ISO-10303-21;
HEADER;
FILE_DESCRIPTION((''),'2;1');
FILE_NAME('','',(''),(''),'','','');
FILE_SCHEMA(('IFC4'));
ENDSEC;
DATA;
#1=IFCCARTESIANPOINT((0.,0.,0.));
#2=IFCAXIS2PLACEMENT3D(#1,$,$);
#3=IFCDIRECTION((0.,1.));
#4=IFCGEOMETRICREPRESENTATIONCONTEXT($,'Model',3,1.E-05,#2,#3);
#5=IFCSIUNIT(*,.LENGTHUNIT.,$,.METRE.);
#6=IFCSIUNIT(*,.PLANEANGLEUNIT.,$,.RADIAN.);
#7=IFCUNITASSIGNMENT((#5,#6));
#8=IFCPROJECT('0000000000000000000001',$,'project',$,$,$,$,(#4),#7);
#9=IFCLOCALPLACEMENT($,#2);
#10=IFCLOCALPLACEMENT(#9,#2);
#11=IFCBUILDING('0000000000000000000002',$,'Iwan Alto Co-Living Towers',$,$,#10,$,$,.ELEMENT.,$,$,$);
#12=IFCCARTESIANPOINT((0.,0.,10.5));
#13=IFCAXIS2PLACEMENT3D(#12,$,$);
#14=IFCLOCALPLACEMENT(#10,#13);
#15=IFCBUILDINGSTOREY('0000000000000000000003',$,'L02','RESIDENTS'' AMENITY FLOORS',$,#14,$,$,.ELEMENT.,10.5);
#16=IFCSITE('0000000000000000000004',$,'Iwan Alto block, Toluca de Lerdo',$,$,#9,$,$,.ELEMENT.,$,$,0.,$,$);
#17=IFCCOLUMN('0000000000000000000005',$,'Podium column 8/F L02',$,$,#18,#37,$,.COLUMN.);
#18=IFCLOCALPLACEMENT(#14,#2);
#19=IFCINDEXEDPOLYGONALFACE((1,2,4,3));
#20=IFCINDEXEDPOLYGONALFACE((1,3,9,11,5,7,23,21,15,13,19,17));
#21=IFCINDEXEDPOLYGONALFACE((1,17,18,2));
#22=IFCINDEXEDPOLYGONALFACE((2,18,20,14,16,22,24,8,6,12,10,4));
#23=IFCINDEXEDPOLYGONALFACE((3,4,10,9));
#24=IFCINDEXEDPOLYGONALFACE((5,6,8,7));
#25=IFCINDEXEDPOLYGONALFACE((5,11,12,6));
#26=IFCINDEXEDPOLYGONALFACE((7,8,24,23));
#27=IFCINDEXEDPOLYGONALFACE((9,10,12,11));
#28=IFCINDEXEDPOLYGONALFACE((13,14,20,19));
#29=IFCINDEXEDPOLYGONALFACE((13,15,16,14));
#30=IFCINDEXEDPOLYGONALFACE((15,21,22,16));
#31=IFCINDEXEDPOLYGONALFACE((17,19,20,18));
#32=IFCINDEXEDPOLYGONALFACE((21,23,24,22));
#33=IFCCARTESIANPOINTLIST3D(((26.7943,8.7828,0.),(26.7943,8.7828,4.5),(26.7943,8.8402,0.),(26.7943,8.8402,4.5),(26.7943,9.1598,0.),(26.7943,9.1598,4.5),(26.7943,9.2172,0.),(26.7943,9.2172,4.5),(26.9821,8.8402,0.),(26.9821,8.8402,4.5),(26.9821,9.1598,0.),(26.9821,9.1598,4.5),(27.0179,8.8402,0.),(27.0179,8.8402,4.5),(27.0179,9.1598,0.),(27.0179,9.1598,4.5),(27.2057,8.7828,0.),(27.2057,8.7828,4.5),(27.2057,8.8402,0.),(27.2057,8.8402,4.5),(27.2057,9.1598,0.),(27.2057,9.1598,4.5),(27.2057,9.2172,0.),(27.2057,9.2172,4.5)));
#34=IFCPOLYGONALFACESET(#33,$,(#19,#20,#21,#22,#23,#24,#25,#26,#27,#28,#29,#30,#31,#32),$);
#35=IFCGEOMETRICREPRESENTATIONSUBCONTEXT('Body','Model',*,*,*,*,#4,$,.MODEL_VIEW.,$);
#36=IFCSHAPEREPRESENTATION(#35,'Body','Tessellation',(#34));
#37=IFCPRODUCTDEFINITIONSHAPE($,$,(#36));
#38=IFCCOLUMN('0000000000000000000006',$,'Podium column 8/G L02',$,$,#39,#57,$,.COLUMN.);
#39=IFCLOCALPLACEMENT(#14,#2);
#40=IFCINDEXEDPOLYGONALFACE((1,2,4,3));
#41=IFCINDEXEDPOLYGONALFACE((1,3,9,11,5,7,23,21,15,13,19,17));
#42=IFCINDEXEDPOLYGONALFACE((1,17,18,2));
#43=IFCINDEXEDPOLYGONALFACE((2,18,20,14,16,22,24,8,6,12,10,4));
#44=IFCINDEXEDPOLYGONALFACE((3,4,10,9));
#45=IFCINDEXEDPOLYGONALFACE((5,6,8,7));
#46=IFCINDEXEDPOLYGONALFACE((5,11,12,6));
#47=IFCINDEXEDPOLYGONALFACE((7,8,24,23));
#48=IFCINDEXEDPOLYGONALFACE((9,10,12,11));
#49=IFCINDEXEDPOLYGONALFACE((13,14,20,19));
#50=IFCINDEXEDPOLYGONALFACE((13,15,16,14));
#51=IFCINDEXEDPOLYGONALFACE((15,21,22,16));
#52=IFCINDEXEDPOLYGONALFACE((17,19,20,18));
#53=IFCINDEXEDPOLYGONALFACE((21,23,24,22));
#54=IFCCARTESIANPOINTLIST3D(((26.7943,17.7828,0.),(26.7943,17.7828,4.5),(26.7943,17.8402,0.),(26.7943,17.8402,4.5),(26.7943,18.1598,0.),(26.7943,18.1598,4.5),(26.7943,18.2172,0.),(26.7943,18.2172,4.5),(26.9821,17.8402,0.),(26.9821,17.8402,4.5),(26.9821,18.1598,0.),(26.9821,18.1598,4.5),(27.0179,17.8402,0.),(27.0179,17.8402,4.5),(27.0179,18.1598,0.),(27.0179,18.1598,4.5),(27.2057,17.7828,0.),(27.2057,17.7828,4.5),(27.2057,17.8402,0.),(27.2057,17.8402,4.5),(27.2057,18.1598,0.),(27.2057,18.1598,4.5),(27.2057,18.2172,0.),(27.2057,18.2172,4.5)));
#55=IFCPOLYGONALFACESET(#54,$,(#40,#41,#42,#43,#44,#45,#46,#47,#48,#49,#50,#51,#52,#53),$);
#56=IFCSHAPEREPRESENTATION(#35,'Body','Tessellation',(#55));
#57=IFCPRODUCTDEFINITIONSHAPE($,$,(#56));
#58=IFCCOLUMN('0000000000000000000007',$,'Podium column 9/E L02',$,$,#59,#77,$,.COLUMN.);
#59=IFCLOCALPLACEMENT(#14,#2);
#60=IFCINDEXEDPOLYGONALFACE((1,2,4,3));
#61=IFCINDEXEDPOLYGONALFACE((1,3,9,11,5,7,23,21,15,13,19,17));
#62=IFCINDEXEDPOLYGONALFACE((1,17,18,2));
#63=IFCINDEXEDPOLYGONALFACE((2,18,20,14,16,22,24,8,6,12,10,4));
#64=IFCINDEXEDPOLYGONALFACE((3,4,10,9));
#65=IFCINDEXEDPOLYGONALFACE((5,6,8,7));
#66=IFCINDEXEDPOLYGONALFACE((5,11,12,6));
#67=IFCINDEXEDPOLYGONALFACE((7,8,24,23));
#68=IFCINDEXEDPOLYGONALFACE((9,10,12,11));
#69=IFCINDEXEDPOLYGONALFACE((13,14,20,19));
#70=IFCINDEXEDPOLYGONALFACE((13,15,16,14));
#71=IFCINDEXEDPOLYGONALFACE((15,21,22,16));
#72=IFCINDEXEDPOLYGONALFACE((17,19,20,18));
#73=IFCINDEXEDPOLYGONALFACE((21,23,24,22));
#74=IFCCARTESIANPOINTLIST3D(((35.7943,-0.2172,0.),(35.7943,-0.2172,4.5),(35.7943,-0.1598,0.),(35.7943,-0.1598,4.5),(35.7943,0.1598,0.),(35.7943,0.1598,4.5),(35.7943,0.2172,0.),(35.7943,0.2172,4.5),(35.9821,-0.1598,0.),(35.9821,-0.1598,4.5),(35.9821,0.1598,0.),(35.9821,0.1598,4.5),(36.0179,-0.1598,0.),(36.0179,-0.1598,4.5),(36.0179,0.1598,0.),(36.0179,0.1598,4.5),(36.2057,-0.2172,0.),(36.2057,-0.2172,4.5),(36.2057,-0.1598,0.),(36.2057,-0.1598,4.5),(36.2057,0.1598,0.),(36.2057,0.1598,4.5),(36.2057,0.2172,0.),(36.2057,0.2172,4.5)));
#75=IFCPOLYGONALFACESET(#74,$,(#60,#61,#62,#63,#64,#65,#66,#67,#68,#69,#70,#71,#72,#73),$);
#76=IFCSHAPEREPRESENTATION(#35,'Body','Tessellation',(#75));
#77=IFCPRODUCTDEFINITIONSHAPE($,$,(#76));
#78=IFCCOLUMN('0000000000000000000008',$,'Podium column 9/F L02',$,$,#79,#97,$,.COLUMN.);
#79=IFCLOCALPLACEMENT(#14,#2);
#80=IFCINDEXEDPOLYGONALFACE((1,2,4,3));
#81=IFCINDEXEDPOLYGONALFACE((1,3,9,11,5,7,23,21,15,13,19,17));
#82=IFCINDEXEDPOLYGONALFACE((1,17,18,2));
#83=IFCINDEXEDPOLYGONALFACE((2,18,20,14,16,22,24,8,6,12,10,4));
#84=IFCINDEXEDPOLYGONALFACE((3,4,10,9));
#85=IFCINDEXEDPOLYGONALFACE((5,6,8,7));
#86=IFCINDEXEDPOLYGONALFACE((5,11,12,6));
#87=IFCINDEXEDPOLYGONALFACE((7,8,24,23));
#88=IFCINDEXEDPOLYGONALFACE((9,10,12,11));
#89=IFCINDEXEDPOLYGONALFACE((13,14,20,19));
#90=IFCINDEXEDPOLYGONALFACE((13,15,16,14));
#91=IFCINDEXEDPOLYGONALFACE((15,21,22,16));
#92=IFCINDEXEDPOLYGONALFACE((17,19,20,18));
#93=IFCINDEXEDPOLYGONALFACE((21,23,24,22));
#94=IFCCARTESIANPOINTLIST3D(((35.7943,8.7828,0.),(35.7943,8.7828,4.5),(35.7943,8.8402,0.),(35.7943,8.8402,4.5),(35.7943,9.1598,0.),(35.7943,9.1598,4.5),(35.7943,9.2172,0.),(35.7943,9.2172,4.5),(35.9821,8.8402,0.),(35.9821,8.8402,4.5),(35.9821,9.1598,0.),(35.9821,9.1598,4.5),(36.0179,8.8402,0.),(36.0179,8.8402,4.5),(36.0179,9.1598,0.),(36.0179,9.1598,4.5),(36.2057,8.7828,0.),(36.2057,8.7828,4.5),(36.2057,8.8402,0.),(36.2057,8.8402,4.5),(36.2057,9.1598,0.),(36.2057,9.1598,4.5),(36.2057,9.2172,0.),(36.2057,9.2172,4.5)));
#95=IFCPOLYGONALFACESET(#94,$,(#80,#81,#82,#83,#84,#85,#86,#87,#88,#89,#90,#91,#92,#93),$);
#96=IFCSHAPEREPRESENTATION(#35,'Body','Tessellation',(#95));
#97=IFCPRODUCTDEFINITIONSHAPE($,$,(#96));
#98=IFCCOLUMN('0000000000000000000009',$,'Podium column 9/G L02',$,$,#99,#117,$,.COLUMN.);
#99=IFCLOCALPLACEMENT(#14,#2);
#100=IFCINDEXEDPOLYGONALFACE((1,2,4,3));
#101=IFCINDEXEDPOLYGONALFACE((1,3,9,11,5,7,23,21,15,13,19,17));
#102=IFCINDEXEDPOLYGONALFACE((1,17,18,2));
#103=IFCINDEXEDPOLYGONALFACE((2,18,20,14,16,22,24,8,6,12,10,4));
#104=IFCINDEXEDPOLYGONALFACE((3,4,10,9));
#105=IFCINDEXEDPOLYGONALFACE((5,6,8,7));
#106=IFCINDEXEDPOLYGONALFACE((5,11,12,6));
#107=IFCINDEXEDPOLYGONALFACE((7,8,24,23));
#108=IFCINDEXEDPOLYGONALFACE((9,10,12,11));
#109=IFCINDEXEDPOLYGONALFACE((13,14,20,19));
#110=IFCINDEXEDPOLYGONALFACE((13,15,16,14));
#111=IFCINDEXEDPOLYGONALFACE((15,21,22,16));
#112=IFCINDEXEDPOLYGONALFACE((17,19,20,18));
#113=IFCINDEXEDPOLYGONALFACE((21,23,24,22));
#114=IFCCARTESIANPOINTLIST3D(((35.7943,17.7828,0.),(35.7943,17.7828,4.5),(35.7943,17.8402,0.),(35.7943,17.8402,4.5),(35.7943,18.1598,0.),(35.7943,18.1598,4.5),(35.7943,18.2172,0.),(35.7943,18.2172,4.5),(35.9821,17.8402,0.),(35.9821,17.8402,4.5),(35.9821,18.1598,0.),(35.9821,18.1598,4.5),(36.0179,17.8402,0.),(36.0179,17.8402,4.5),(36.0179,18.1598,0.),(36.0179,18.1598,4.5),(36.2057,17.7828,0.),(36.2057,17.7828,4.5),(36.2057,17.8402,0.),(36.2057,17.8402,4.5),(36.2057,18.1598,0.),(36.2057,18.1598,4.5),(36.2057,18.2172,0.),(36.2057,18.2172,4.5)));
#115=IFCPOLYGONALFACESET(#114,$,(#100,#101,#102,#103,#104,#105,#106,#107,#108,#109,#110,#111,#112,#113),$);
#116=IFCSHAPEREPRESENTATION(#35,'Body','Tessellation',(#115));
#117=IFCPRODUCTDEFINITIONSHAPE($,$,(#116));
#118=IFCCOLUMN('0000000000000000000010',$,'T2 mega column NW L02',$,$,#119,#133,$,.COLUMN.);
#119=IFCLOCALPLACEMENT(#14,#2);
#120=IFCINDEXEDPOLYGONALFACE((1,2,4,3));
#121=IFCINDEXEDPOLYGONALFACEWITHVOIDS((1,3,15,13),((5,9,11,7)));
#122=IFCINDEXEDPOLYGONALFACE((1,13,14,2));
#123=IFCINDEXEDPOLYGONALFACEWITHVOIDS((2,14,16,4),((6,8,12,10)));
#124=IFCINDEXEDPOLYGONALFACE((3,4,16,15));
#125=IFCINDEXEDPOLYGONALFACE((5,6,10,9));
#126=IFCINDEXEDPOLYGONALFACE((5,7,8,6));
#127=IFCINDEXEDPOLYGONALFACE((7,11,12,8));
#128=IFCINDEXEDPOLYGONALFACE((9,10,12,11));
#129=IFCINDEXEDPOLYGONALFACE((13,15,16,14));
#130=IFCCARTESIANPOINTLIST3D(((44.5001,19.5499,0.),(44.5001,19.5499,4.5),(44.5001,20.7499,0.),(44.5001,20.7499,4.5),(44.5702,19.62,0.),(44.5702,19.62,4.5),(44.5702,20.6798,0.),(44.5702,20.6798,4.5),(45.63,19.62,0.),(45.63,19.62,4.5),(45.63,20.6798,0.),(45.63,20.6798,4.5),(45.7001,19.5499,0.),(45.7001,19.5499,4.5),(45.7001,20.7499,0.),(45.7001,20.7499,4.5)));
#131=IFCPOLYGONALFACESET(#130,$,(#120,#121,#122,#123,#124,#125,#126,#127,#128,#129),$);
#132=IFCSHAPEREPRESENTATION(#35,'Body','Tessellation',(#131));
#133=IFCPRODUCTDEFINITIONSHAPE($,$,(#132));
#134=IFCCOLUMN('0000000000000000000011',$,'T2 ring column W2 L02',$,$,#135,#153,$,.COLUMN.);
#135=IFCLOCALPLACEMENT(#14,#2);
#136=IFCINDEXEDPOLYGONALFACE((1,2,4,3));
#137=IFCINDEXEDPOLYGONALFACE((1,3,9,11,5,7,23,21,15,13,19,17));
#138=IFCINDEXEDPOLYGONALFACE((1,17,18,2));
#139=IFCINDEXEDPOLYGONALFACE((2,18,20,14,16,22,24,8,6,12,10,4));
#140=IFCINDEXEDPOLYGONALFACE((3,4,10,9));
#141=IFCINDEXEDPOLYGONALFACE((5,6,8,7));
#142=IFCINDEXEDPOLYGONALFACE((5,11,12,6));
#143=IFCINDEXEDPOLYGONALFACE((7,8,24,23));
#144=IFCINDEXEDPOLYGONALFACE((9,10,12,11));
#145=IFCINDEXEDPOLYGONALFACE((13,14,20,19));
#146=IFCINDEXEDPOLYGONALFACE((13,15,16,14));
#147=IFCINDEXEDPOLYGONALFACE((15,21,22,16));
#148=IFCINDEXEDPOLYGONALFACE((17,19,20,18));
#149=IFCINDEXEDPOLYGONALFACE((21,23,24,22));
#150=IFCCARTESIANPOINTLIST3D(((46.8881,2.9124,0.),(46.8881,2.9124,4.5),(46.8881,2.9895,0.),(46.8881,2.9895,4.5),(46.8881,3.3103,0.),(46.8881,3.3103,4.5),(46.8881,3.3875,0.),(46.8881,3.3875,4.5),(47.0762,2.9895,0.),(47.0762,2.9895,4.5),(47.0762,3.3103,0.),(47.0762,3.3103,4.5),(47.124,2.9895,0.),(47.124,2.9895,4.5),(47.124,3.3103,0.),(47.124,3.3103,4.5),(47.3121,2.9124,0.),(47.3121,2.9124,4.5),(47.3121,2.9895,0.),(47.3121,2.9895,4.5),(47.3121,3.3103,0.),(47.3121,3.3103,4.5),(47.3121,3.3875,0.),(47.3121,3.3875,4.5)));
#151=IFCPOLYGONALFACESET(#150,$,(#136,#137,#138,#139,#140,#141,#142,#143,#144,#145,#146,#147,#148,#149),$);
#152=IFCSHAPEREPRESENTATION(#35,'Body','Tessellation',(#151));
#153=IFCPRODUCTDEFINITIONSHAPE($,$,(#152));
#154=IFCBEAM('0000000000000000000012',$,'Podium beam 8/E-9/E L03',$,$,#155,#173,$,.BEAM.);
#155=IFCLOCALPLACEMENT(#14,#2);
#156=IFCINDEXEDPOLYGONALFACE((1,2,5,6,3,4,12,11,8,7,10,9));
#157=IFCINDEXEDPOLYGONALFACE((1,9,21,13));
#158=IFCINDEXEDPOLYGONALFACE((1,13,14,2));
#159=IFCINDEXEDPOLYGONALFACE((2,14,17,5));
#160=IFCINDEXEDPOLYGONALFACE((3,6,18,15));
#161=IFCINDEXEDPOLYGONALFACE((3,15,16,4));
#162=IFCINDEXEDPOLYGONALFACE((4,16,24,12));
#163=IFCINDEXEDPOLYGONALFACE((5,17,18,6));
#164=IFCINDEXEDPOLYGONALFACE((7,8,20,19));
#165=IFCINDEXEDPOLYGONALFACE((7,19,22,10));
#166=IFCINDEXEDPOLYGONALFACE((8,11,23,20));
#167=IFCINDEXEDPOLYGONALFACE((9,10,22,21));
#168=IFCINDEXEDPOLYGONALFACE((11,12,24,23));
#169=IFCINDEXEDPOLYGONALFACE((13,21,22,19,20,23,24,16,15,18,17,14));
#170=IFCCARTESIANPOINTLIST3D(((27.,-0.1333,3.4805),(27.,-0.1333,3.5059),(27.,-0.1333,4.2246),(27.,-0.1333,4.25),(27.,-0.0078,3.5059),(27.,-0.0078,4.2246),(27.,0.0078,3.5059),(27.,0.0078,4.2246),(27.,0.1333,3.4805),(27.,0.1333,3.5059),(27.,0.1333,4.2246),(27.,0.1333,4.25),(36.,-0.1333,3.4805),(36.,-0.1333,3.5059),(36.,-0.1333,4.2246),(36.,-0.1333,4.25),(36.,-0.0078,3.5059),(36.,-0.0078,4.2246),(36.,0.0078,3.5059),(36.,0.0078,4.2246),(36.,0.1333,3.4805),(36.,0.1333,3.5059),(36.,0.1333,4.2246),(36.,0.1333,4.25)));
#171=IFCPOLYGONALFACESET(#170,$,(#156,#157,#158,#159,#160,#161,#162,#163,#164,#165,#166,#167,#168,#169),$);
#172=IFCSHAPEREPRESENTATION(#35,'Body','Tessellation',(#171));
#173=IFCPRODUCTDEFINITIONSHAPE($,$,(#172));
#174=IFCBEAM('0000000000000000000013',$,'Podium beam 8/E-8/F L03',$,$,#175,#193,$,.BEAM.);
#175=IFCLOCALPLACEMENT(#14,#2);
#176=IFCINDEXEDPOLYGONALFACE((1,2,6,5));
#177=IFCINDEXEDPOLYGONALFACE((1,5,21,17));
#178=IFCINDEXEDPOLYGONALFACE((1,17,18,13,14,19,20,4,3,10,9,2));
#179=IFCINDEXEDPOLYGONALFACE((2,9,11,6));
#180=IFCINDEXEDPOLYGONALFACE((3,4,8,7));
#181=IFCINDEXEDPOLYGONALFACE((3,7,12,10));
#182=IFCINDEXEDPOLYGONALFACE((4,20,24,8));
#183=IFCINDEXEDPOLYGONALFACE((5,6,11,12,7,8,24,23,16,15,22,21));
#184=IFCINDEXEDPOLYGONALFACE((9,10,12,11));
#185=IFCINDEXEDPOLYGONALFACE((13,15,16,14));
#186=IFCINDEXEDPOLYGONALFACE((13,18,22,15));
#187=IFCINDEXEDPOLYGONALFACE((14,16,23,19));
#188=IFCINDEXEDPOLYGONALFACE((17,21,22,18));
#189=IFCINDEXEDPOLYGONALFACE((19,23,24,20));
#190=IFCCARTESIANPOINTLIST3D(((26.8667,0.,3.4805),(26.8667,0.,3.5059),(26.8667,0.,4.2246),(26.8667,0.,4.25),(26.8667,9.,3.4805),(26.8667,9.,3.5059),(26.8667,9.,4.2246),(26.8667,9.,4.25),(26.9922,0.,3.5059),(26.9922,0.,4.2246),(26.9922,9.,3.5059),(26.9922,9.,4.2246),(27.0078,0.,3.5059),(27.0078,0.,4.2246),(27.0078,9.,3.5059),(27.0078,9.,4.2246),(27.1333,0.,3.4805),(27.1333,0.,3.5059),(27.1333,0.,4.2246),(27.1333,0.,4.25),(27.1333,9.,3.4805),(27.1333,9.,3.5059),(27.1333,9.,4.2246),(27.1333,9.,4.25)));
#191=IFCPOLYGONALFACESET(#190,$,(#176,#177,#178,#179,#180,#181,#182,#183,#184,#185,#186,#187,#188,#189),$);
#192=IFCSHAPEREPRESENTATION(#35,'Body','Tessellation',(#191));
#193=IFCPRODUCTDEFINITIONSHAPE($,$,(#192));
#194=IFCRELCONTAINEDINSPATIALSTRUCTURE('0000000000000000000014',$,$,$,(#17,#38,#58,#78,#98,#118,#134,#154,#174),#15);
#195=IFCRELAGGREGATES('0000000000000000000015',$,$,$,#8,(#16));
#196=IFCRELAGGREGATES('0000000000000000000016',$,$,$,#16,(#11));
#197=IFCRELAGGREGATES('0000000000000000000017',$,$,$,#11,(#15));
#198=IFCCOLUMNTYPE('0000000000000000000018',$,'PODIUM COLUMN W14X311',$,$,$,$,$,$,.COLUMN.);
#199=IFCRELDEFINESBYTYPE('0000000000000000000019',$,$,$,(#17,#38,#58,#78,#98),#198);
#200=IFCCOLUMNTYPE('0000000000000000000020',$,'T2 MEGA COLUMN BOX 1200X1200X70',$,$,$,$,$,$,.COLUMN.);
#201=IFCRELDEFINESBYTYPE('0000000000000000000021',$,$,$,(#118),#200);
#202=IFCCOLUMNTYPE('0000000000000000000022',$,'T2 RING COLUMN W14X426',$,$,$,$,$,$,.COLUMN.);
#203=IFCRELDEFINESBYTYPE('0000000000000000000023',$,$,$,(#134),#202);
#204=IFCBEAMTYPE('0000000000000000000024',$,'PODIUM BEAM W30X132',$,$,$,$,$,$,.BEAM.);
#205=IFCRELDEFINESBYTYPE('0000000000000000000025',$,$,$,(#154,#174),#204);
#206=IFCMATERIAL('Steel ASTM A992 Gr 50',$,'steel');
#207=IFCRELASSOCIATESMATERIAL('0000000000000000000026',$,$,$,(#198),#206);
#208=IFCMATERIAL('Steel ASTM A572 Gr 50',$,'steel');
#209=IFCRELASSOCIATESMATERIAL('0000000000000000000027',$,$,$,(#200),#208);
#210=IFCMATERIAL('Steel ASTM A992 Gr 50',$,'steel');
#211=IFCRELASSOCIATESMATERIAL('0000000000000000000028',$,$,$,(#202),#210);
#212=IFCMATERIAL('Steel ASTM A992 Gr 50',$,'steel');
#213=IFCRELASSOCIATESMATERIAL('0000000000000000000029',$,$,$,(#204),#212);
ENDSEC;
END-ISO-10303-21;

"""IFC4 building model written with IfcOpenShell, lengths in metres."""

from ifc_helpers import new_model, si_unit, direction, frame, origin, origin_2d, place, context, subcontext, project, spatial, hollow_rectangle, i_section, extrude, material, material_profile, profile_set, type_object, element, save


model = new_model("IFC4")

# Units and contexts
model_context = context("Model", 3, precision=1e-05, world=origin(), true_north=direction((0.0, 1.0)))
body_context = subcontext(model_context, "Body", "Model", "MODEL_VIEW")
ifc_project = project(units=[si_unit("LENGTHUNIT", "METRE"), si_unit("PLANEANGLEUNIT", "RADIAN")], contexts=[model_context])

# Site, building, storey
site_placement = place(None, origin())
site = spatial("IfcSite", under=ifc_project, at=site_placement, Name="Iwan Alto block, Toluca de Lerdo", CompositionType="ELEMENT", RefElevation=0.0)
building_placement = place(site_placement, origin())
building = spatial("IfcBuilding", under=site, at=building_placement, Name="Iwan Alto Co-Living Towers", CompositionType="ELEMENT")
storey_placement = place(building_placement, frame((0.0, 0.0, 10.5)))
storey = spatial("IfcBuildingStorey", under=building, at=storey_placement, Name="L02", Description="RESIDENTS' AMENITY FLOORS", CompositionType="ELEMENT", Elevation=10.5)

# Columns
ifc_material_1 = material(Name="Steel ASTM A992 Gr 50", Category="steel")
ifc_material_profile_1 = material_profile(ifc_material_1, i_section(OverallWidth=0.4114, OverallDepth=0.4343, WebThickness=0.0359, FlangeThickness=0.0574, at=origin_2d()), Name="W14X311")
ifc_profile_set_1 = profile_set([ifc_material_profile_1], Name="Steel ASTM A992 Gr 50")
column_type_1 = type_object("IfcColumnType", Name="PODIUM COLUMN W14X311", PredefinedType="COLUMN", material=ifc_profile_set_1)
for number, where, z_axis, x_axis, name in (
    (1, (27.0, 9.0, 0.0), (0.0, 0.0, 1.0), (1.0, 0.0, 0.0), "Podium column 8/F L02"),
    (2, (27.0, 18.0, 0.0), (0.0, 0.0, 1.0), (1.0, 0.0, 0.0), "Podium column 8/G L02"),
    (3, (36.0, 0.0, 0.0), (0.0, 0.0, 1.0), (1.0, 0.0, 0.0), "Podium column 9/E L02"),
    (4, (36.0, 9.0, 0.0), (0.0, 0.0, 1.0), (1.0, 0.0, 0.0), "Podium column 9/F L02"),
    (5, (36.0, 18.0, 0.0), (0.0, 0.0, 1.0), (1.0, 0.0, 0.0), "Podium column 9/G L02"),
):
    element("IfcColumn", number, at=place(storey_placement, frame(where, z_axis=z_axis, x_axis=x_axis)), inside=storey, type_object=column_type_1, Name=name, PredefinedType="COLUMN", context=body_context, shape_type="SweptSolid", body=[
        extrude(i_section(OverallWidth=0.4114, OverallDepth=0.4343, WebThickness=0.0359, FlangeThickness=0.0574, at=origin_2d()), origin(), (0.0, 0.0, 1.0), 4.5),
    ])
ifc_material_2 = material(Name="Steel ASTM A572 Gr 50", Category="steel")
ifc_material_profile_2 = material_profile(ifc_material_2, hollow_rectangle(XDim=1.2, YDim=1.2, WallThickness=0.0701, at=origin_2d()), Name="BOX 1200X1200X70")
ifc_profile_set_2 = profile_set([ifc_material_profile_2], Name="Steel ASTM A572 Gr 50")
column_type_2 = type_object("IfcColumnType", Name="T2 MEGA COLUMN BOX 1200X1200X70", PredefinedType="COLUMN", material=ifc_profile_set_2)
column_1_placement = place(storey_placement, frame((45.1001, 20.1499, 0.0), z_axis=(0.0, 0.0, 1.0), x_axis=(1.0, 0.0, 0.0)))
element("IfcColumn", 6, at=column_1_placement, inside=storey, type_object=column_type_2, Name="T2 mega column NW L02", PredefinedType="COLUMN", context=body_context, shape_type="SweptSolid", body=[
    extrude(hollow_rectangle(XDim=1.2, YDim=1.2, WallThickness=0.0701, at=origin_2d()), origin(), (0.0, 0.0, 1.0), 4.5),
])
ifc_material_3 = material(Name="Steel ASTM A992 Gr 50", Category="steel")
ifc_material_profile_3 = material_profile(ifc_material_3, i_section(OverallWidth=0.4241, OverallDepth=0.4751, WebThickness=0.0479, FlangeThickness=0.0771, at=origin_2d()), Name="W14X426")
ifc_profile_set_3 = profile_set([ifc_material_profile_3], Name="Steel ASTM A992 Gr 50")
column_type_3 = type_object("IfcColumnType", Name="T2 RING COLUMN W14X426", PredefinedType="COLUMN", material=ifc_profile_set_3)
column_2_placement = place(storey_placement, frame((47.1001, 3.1499, 0.0), z_axis=(0.0, 0.0, 1.0), x_axis=(1.0, 0.0, 0.0)))
element("IfcColumn", 7, at=column_2_placement, inside=storey, type_object=column_type_3, Name="T2 ring column W2 L02", PredefinedType="COLUMN", context=body_context, shape_type="SweptSolid", body=[
    extrude(i_section(OverallWidth=0.4241, OverallDepth=0.4751, WebThickness=0.0479, FlangeThickness=0.0771, at=origin_2d()), origin(), (0.0, 0.0, 1.0), 4.5),
])

# Beams
ifc_material_4 = material(Name="Steel ASTM A992 Gr 50", Category="steel")
ifc_material_profile_4 = material_profile(ifc_material_4, i_section(OverallWidth=0.2666, OverallDepth=0.7695, WebThickness=0.0156, FlangeThickness=0.0254, at=origin_2d()), Name="W30X132")
ifc_profile_set_4 = profile_set([ifc_material_profile_4], Name="Steel ASTM A992 Gr 50")
beam_type_1 = type_object("IfcBeamType", Name="PODIUM BEAM W30X132", PredefinedType="BEAM", material=ifc_profile_set_4)
for number, where, z_axis, x_axis, name in (
    (8, (27.0, 0.0, 3.8652), (1.0, 0.0, 0.0), (0.0, 1.0, 0.0), "Podium beam 8/E-9/E L03"),
    (9, (27.0, 0.0, 3.8652), (0.0, 1.0, 0.0), (-1.0, 0.0, 0.0), "Podium beam 8/E-8/F L03"),
):
    element("IfcBeam", number, at=place(storey_placement, frame(where, z_axis=z_axis, x_axis=x_axis)), inside=storey, type_object=beam_type_1, Name=name, PredefinedType="BEAM", context=body_context, shape_type="SweptSolid", body=[
        extrude(i_section(OverallWidth=0.2666, OverallDepth=0.7695, WebThickness=0.0156, FlangeThickness=0.0254, at=origin_2d()), origin(), (0.0, 0.0, 1.0), 9.0),
    ])

save(model, "model.ifc")
